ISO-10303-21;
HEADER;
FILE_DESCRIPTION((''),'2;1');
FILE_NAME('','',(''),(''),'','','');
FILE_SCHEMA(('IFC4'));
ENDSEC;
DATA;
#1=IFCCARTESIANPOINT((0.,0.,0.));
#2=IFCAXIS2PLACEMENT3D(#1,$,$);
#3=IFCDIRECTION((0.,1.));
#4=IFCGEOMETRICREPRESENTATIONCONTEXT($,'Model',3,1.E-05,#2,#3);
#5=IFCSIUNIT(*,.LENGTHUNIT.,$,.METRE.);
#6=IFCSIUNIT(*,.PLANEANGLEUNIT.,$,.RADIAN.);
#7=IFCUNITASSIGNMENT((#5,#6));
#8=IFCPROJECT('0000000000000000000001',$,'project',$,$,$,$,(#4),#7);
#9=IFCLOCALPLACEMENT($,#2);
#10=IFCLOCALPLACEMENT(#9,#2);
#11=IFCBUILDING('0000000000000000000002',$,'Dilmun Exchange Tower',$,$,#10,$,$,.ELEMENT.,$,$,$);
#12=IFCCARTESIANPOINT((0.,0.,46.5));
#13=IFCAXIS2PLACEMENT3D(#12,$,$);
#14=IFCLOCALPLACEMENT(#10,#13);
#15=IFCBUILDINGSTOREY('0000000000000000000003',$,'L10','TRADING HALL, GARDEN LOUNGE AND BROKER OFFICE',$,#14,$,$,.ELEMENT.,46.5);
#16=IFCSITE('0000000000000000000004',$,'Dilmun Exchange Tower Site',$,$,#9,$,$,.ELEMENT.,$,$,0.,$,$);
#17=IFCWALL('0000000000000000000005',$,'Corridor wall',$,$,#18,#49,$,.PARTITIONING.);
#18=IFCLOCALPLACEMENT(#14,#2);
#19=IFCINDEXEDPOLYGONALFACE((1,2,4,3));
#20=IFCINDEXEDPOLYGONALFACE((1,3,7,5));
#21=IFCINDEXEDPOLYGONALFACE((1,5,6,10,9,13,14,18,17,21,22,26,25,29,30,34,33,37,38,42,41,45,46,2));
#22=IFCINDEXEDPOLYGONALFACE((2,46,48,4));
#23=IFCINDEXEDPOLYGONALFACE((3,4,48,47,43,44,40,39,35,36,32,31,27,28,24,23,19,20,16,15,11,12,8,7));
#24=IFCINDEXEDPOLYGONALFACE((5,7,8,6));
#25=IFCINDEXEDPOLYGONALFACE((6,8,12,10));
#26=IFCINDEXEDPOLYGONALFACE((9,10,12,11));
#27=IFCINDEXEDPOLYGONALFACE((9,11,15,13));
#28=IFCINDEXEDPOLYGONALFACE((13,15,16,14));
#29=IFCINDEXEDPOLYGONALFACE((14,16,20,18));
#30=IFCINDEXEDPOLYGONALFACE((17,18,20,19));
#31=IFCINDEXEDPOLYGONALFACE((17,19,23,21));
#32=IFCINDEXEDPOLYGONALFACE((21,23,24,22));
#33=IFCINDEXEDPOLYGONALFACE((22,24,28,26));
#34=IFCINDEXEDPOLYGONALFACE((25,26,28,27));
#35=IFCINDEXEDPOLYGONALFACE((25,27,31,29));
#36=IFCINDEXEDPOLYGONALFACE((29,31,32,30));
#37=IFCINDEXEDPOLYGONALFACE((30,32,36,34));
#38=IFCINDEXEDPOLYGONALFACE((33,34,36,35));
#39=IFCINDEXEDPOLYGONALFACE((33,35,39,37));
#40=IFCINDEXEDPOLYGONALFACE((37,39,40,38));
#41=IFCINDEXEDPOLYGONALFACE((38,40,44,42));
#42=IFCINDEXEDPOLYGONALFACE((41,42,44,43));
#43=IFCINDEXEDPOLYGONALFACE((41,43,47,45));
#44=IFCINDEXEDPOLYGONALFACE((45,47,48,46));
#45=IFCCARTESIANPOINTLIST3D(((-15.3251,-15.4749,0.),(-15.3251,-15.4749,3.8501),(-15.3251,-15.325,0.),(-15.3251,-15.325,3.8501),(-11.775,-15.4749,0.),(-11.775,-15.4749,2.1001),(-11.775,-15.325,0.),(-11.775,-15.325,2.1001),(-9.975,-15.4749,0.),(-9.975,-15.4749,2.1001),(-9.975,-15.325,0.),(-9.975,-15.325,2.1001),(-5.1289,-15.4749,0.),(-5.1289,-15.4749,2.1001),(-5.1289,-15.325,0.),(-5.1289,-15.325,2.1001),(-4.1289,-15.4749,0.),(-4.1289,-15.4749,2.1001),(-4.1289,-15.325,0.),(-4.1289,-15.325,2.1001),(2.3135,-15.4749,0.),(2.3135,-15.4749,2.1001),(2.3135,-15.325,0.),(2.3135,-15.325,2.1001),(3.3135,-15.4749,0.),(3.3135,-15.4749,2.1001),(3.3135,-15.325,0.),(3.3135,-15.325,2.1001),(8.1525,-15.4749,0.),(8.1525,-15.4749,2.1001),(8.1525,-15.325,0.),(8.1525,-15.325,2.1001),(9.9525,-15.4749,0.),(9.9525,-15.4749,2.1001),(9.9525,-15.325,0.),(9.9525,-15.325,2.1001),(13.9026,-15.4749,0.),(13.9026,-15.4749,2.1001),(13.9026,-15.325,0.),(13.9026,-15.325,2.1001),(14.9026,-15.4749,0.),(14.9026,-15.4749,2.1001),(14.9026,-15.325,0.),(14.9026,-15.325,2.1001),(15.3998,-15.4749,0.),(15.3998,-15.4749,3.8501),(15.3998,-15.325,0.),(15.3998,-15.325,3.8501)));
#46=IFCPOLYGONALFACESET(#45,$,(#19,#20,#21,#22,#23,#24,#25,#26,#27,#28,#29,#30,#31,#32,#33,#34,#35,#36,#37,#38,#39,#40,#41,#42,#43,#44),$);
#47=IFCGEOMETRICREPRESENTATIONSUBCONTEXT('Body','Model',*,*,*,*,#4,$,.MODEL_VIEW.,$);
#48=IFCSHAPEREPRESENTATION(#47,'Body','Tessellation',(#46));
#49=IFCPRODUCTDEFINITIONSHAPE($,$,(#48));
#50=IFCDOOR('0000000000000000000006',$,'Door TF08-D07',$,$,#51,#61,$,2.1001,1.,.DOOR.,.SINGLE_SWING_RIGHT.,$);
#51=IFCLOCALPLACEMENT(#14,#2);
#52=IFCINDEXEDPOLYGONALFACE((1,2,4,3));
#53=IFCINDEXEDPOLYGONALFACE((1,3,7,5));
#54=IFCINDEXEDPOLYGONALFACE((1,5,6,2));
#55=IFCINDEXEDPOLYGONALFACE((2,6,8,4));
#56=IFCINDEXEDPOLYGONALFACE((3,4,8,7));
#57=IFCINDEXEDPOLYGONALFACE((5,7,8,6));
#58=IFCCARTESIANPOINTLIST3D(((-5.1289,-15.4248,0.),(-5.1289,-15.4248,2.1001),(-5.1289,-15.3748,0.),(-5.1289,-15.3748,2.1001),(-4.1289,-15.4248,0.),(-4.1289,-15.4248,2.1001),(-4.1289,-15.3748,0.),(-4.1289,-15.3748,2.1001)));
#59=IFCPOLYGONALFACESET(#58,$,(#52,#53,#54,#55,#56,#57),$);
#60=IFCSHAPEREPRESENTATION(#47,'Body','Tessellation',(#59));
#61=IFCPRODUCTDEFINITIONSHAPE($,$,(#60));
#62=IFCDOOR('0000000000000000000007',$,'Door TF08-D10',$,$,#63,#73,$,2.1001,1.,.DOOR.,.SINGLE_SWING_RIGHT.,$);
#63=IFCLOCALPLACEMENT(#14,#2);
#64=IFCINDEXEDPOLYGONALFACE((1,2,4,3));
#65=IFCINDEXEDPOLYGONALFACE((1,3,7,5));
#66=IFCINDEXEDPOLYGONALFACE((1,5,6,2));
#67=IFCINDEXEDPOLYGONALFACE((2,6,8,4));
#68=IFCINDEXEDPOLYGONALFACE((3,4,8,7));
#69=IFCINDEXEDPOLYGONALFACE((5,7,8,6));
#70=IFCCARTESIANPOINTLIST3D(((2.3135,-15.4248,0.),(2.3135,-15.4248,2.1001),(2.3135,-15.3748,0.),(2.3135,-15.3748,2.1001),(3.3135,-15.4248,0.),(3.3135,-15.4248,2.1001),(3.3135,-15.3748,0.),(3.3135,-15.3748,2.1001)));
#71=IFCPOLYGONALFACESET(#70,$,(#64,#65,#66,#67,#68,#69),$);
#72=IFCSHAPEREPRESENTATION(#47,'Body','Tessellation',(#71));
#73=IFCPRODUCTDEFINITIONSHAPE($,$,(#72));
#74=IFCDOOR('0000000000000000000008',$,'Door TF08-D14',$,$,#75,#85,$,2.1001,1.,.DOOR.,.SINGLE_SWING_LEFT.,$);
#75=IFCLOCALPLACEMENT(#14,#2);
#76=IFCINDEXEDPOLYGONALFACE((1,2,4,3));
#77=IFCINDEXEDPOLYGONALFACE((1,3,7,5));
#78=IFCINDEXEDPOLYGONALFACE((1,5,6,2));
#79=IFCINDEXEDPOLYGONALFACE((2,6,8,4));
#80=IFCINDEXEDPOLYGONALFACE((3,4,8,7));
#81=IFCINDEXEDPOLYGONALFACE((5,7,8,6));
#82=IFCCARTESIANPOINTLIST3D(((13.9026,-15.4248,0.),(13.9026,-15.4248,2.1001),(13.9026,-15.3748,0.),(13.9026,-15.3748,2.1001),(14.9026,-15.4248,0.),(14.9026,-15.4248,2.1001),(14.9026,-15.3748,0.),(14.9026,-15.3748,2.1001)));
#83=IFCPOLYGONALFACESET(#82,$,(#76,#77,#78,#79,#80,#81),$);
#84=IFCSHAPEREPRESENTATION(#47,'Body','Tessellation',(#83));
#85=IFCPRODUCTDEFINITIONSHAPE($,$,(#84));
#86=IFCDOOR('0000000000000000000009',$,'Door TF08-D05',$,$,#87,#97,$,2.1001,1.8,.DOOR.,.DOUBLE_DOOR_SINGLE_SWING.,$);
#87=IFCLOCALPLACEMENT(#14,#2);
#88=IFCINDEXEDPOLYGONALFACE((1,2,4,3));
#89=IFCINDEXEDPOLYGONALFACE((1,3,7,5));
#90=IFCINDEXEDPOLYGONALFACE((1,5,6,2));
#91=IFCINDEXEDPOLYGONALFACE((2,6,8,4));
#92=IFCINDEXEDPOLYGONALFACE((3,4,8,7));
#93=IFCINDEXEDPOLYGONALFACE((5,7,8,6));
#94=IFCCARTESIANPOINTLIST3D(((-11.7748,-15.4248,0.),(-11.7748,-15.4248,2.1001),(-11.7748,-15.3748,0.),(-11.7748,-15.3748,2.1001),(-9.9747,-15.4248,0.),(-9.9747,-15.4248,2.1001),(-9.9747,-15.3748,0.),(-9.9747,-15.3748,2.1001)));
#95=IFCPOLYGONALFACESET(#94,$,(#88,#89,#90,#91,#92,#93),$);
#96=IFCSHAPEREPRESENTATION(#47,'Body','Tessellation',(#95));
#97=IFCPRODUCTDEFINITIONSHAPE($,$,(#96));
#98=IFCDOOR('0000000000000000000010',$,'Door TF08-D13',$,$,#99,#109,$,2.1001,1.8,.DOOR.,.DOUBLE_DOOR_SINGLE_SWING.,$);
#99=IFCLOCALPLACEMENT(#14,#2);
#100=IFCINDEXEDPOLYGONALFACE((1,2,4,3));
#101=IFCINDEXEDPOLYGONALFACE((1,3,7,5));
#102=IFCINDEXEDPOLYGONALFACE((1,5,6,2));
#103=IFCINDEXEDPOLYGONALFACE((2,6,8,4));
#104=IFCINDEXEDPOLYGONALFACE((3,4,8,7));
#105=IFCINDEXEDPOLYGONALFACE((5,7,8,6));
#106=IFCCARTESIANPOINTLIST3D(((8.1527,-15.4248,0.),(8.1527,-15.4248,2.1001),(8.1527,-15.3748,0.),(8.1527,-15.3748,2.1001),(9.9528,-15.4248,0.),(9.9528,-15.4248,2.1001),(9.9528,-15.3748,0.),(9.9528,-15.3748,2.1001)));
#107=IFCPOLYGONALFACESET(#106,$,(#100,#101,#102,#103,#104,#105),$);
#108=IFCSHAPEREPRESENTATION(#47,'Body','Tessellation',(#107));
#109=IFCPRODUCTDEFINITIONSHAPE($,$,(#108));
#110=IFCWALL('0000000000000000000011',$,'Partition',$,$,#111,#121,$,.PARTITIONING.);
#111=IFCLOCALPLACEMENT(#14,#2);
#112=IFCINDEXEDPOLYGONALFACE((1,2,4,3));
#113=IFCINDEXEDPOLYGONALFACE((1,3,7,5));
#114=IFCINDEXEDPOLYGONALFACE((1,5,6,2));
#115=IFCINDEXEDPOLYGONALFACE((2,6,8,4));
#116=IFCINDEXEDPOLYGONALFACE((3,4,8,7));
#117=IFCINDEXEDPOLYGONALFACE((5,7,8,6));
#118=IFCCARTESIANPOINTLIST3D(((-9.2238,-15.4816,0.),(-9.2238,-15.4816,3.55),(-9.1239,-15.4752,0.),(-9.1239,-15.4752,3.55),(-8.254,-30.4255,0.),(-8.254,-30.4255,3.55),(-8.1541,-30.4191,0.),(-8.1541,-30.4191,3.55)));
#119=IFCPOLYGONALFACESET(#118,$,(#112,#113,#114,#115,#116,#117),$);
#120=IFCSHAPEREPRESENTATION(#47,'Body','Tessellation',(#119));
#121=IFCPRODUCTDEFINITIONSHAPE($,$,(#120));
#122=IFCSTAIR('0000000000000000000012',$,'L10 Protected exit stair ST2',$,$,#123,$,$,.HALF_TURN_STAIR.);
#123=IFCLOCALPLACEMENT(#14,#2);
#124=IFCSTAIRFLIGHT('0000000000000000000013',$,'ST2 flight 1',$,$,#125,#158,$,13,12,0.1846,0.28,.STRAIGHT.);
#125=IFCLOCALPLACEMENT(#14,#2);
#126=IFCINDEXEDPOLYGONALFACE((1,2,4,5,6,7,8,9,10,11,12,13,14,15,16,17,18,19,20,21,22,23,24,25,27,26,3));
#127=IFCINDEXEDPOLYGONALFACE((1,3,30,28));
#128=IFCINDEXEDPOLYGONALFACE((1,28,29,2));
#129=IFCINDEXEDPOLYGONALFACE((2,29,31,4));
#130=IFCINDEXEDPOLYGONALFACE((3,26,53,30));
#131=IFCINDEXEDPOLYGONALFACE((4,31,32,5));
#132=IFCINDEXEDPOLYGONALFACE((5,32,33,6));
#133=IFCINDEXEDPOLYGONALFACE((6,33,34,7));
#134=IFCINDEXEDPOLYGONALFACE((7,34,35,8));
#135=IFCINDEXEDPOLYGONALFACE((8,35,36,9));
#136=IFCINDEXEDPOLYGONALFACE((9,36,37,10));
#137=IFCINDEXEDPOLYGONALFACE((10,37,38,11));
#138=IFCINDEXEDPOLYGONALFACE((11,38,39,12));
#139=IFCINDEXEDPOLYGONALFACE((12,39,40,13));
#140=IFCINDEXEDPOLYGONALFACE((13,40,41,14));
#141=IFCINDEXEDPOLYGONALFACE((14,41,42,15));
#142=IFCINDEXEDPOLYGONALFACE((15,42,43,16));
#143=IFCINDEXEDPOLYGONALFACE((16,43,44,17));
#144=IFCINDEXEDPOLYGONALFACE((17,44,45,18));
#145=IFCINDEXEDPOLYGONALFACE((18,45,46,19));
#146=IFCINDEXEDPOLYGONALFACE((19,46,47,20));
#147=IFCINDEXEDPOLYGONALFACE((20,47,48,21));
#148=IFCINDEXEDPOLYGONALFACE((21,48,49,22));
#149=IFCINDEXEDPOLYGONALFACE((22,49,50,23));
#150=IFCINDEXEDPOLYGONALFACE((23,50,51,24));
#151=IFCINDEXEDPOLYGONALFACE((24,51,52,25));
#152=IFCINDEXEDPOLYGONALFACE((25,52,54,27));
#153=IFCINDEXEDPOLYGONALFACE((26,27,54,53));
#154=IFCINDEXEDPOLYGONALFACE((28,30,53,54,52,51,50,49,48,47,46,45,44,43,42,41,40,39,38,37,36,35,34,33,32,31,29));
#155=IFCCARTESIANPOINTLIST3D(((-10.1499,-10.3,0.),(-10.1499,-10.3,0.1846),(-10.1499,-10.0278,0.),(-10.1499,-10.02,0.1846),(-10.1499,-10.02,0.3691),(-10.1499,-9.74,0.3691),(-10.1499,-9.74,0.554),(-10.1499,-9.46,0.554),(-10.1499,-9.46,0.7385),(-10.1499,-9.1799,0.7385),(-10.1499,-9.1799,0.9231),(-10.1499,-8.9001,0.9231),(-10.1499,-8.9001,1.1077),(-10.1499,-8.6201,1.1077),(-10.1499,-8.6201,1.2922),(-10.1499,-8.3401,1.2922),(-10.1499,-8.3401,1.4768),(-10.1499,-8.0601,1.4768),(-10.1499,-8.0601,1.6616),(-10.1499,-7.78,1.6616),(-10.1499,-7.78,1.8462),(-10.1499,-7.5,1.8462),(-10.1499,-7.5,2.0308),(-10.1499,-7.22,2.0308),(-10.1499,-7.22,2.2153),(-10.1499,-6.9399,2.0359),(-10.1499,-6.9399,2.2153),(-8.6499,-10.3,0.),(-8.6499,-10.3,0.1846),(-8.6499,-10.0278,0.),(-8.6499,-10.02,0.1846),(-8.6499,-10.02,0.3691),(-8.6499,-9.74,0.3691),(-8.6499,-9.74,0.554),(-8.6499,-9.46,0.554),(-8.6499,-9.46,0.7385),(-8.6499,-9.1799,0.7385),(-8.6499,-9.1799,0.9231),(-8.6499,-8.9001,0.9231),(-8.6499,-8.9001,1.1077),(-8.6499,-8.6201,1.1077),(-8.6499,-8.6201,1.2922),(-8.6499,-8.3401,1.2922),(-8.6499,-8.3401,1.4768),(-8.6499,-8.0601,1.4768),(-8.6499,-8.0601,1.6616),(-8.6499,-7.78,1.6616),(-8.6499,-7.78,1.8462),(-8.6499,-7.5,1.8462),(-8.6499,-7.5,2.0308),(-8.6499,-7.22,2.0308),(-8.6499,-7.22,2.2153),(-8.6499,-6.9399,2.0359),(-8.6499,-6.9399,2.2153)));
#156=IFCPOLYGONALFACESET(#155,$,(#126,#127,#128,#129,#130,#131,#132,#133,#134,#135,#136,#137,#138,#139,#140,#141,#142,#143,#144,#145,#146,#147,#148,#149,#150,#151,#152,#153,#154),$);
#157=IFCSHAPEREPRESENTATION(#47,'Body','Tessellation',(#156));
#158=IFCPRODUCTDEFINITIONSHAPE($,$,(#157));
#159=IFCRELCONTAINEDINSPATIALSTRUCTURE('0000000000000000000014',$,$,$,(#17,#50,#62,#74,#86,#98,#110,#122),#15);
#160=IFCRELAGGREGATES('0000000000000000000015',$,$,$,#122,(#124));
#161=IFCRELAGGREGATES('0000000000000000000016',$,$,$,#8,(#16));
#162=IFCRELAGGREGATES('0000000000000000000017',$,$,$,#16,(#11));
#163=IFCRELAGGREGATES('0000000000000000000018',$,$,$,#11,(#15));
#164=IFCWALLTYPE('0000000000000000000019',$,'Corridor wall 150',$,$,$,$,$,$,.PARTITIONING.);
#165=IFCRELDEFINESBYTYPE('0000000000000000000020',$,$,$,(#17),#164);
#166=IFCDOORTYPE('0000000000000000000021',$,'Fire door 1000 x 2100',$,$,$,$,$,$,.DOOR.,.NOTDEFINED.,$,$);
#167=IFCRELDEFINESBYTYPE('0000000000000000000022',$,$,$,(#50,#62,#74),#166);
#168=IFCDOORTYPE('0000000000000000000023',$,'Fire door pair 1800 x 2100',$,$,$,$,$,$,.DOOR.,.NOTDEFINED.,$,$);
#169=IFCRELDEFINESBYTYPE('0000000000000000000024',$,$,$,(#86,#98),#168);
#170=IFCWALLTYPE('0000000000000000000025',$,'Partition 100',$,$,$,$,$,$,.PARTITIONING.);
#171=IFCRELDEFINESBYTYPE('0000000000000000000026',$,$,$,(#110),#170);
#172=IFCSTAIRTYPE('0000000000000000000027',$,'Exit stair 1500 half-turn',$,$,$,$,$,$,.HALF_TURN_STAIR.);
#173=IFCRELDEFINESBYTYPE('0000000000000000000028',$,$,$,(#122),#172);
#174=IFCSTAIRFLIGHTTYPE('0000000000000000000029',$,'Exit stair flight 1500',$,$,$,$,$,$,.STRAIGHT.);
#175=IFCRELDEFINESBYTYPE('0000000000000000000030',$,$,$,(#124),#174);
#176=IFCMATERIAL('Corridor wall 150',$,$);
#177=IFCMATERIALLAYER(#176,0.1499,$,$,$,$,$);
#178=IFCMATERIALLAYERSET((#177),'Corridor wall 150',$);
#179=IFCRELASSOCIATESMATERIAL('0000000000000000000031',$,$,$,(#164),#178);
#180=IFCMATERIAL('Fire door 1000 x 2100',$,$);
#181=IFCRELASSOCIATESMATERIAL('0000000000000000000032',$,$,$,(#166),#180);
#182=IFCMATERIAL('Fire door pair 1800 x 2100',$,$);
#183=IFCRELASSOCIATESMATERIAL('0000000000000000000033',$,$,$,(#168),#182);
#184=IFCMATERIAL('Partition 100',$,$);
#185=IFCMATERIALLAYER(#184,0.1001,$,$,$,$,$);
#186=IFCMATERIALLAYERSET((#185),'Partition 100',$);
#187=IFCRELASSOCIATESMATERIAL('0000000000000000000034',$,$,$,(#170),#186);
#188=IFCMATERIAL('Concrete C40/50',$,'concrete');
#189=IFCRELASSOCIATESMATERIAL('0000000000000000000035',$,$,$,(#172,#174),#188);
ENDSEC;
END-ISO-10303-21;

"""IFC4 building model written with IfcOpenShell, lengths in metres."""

from ifc_helpers import new_model, si_unit, direction, frame, frame_2d, origin, place, context, subcontext, project, spatial, polyline, rectangle, outline, extrude, material, layer, layer_set, type_object, element, fill, aggregate, save


model = new_model("IFC4")

# Units and contexts
model_context = context("Model", 3, precision=1e-05, world=origin(), true_north=direction((0.0, 1.0)))
body_context = subcontext(model_context, "Body", "Model", "MODEL_VIEW")
ifc_project = project(units=[si_unit("LENGTHUNIT", "METRE"), si_unit("PLANEANGLEUNIT", "RADIAN")], contexts=[model_context])

# Site, building, storey
site_placement = place(None, origin())
site = spatial("IfcSite", under=ifc_project, at=site_placement, Name="Dilmun Exchange Tower Site", CompositionType="ELEMENT", RefElevation=0.0)
building_placement = place(site_placement, origin())
building = spatial("IfcBuilding", under=site, at=building_placement, Name="Dilmun Exchange Tower", CompositionType="ELEMENT")
storey_placement = place(building_placement, frame((0.0, 0.0, 46.5)))
storey = spatial("IfcBuildingStorey", under=building, at=storey_placement, Name="L10", Description="TRADING HALL, GARDEN LOUNGE AND BROKER OFFICE", CompositionType="ELEMENT", Elevation=46.5)

# Shared definitions
ifc_material_1 = material(Name="Concrete C40/50", Category="concrete")

# Wall, openings, doors
ifc_material_2 = material(Name="Corridor wall 150")
ifc_layer_1 = layer(ifc_material_2, 0.1499)
ifc_layer_set_1 = layer_set([ifc_layer_1], Name="Corridor wall 150")
wall_type_1 = type_object("IfcWallType", Name="Corridor wall 150", PredefinedType="PARTITIONING", material=ifc_layer_set_1)
ifc_material_3 = material(Name="Fire door 1000 x 2100")
door_type_1 = type_object("IfcDoorType", Name="Fire door 1000 x 2100", OperationType="NOTDEFINED", PredefinedType="DOOR", material=ifc_material_3)
wall_1_placement = place(storey_placement, frame((-15.325, -15.3999, 0.0), z_axis=(0.0, 0.0, 1.0), x_axis=(1.0, 0.0, 0.0)))
wall_1 = element("IfcWall", 1, at=wall_1_placement, inside=storey, type_object=wall_type_1, Name="Corridor wall", PredefinedType="PARTITIONING", context=body_context, shape_type="SweptSolid", body=[
    extrude(rectangle(XDim=30.7249, YDim=0.1499, at=frame_2d((15.3623, 0.0))), origin(), (0.0, 0.0, 1.0), 3.8501),
])
opening_1_placement = place(wall_1_placement, frame((3.55, 0.0, 0.0)))
opening_1 = element("IfcOpeningElement", 2, at=opening_1_placement, cuts=wall_1, PredefinedType="OPENING", context=body_context, shape_type="SweptSolid", body=[
    extrude(rectangle(XDim=1.8, YDim=2.1001, at=frame_2d((0.8999, 1.05))), frame((0.0, 0.085, 0.0), z_axis=(0.0, -1.0, 0.0), x_axis=(1.0, 0.0, 0.0)), (0.0, 0.0, 1.0), 0.1699),
])
opening_2_placement = place(wall_1_placement, frame((10.196, 0.0, 0.0)))
opening_2 = element("IfcOpeningElement", 3, at=opening_2_placement, cuts=wall_1, PredefinedType="OPENING", context=body_context, shape_type="SweptSolid", body=[
    extrude(rectangle(XDim=1.0, YDim=2.1001, at=frame_2d((0.5, 1.05))), frame((0.0, 0.085, 0.0), z_axis=(0.0, -1.0, 0.0), x_axis=(1.0, 0.0, 0.0)), (0.0, 0.0, 1.0), 0.1699),
])
opening_3_placement = place(wall_1_placement, frame((17.6384, 0.0, 0.0)))
opening_3 = element("IfcOpeningElement", 4, at=opening_3_placement, cuts=wall_1, PredefinedType="OPENING", context=body_context, shape_type="SweptSolid", body=[
    extrude(rectangle(XDim=1.0, YDim=2.1001, at=frame_2d((0.5, 1.05))), frame((0.0, 0.085, 0.0), z_axis=(0.0, -1.0, 0.0), x_axis=(1.0, 0.0, 0.0)), (0.0, 0.0, 1.0), 0.1699),
])
opening_4_placement = place(wall_1_placement, frame((23.4775, 0.0, 0.0)))
opening_4 = element("IfcOpeningElement", 5, at=opening_4_placement, cuts=wall_1, PredefinedType="OPENING", context=body_context, shape_type="SweptSolid", body=[
    extrude(rectangle(XDim=1.8, YDim=2.1001, at=frame_2d((0.8999, 1.05))), frame((0.0, 0.085, 0.0), z_axis=(0.0, -1.0, 0.0), x_axis=(1.0, 0.0, 0.0)), (0.0, 0.0, 1.0), 0.1699),
])
opening_5_placement = place(wall_1_placement, frame((29.2275, 0.0, 0.0)))
opening_5 = element("IfcOpeningElement", 6, at=opening_5_placement, cuts=wall_1, PredefinedType="OPENING", context=body_context, shape_type="SweptSolid", body=[
    extrude(rectangle(XDim=1.0, YDim=2.1001, at=frame_2d((0.5, 1.05))), frame((0.0, 0.085, 0.0), z_axis=(0.0, -1.0, 0.0), x_axis=(1.0, 0.0, 0.0)), (0.0, 0.0, 1.0), 0.1699),
])
door_1_placement = place(opening_2_placement, frame((1.0, 0.0, 0.0), z_axis=(0.0, 0.0, 1.0), x_axis=(-1.0, 0.0, 0.0)))
door_1 = element("IfcDoor", 7, at=door_1_placement, inside=storey, type_object=door_type_1, Name="Door TF08-D07", OperationType="SINGLE_SWING_RIGHT", OverallHeight=2.1001, OverallWidth=1.0, PredefinedType="DOOR", context=body_context, shape_type="SweptSolid", body=[
    extrude(rectangle(XDim=1.0, YDim=2.1001, at=frame_2d((0.5, 1.05))), frame((0.0, 0.0249, 0.0), z_axis=(0.0, -1.0, 0.0), x_axis=(1.0, 0.0, 0.0)), (0.0, 0.0, 1.0), 0.05),
])
fill(opening_2, door_1)
door_2_placement = place(opening_3_placement, frame((1.0, 0.0, 0.0), z_axis=(0.0, 0.0, 1.0), x_axis=(-1.0, 0.0, 0.0)))
door_2 = element("IfcDoor", 8, at=door_2_placement, inside=storey, type_object=door_type_1, Name="Door TF08-D10", OperationType="SINGLE_SWING_RIGHT", OverallHeight=2.1001, OverallWidth=1.0, PredefinedType="DOOR", context=body_context, shape_type="SweptSolid", body=[
    extrude(rectangle(XDim=1.0, YDim=2.1001, at=frame_2d((0.5, 1.05))), frame((0.0, 0.0249, 0.0), z_axis=(0.0, -1.0, 0.0), x_axis=(1.0, 0.0, 0.0)), (0.0, 0.0, 1.0), 0.05),
])
fill(opening_3, door_2)
door_3_placement = place(opening_5_placement, frame((1.0, 0.0, 0.0), z_axis=(0.0, 0.0, 1.0), x_axis=(-1.0, 0.0, 0.0)))
door_3 = element("IfcDoor", 9, at=door_3_placement, inside=storey, type_object=door_type_1, Name="Door TF08-D14", OperationType="SINGLE_SWING_LEFT", OverallHeight=2.1001, OverallWidth=1.0, PredefinedType="DOOR", context=body_context, shape_type="SweptSolid", body=[
    extrude(rectangle(XDim=1.0, YDim=2.1001, at=frame_2d((0.5, 1.05))), frame((0.0, 0.0249, 0.0), z_axis=(0.0, -1.0, 0.0), x_axis=(1.0, 0.0, 0.0)), (0.0, 0.0, 1.0), 0.05),
])
fill(opening_5, door_3)
ifc_material_4 = material(Name="Fire door pair 1800 x 2100")
door_type_2 = type_object("IfcDoorType", Name="Fire door pair 1800 x 2100", OperationType="NOTDEFINED", PredefinedType="DOOR", material=ifc_material_4)
door_4_placement = place(opening_1_placement, frame((1.8, 0.0, 0.0), z_axis=(0.0, 0.0, 1.0), x_axis=(-1.0, 0.0, 0.0)))
door_4 = element("IfcDoor", 10, at=door_4_placement, inside=storey, type_object=door_type_2, Name="Door TF08-D05", OperationType="DOUBLE_DOOR_SINGLE_SWING", OverallHeight=2.1001, OverallWidth=1.8, PredefinedType="DOOR", context=body_context, shape_type="SweptSolid", body=[
    extrude(rectangle(XDim=1.8, YDim=2.1001, at=frame_2d((0.8999, 1.05))), frame((0.0, 0.0249, 0.0), z_axis=(0.0, -1.0, 0.0), x_axis=(1.0, 0.0, 0.0)), (0.0, 0.0, 1.0), 0.05),
])
fill(opening_1, door_4)
door_5_placement = place(opening_4_placement, frame((1.8, 0.0, 0.0), z_axis=(0.0, 0.0, 1.0), x_axis=(-1.0, 0.0, 0.0)))
door_5 = element("IfcDoor", 11, at=door_5_placement, inside=storey, type_object=door_type_2, Name="Door TF08-D13", OperationType="DOUBLE_DOOR_SINGLE_SWING", OverallHeight=2.1001, OverallWidth=1.8, PredefinedType="DOOR", context=body_context, shape_type="SweptSolid", body=[
    extrude(rectangle(XDim=1.8, YDim=2.1001, at=frame_2d((0.8999, 1.05))), frame((0.0, 0.0249, 0.0), z_axis=(0.0, -1.0, 0.0), x_axis=(1.0, 0.0, 0.0)), (0.0, 0.0, 1.0), 0.05),
])
fill(opening_4, door_5)

# Wall
ifc_material_5 = material(Name="Partition 100")
ifc_layer_2 = layer(ifc_material_5, 0.1001)
ifc_layer_set_2 = layer_set([ifc_layer_2], Name="Partition 100")
wall_type_2 = type_object("IfcWallType", Name="Partition 100", PredefinedType="PARTITIONING", material=ifc_layer_set_2)
wall_2_placement = place(storey_placement, frame((-9.1738, -15.4783, 0.0), z_axis=(0.0, 0.0, 1.0), x_axis=(0.064755, -0.997901, 0.0)))
element("IfcWall", 12, at=wall_2_placement, inside=storey, type_object=wall_type_2, Name="Partition", PredefinedType="PARTITIONING", context=body_context, shape_type="SweptSolid", body=[
    extrude(rectangle(XDim=14.9753, YDim=0.1001, at=frame_2d((7.4878, 0.0))), origin(), (0.0, 0.0, 1.0), 3.55),
])

# Stair, stair flight
stair_type = type_object("IfcStairType", Name="Exit stair 1500 half-turn", PredefinedType="HALF_TURN_STAIR", material=ifc_material_1)
stair_placement = place(storey_placement, origin())
stair = element("IfcStair", 13, at=stair_placement, inside=storey, type_object=stair_type, Name="L10 Protected exit stair ST2", PredefinedType="HALF_TURN_STAIR")
stair_flight_type = type_object("IfcStairFlightType", Name="Exit stair flight 1500", PredefinedType="STRAIGHT", material=ifc_material_1)
stair_flight_placement = place(storey_placement, frame((-9.3999, -10.3, 0.0), z_axis=(0.0, 0.0, 1.0), x_axis=(0.0, 1.0, 0.0)))
stair_flight = element("IfcStairFlight", 14, at=stair_flight_placement, type_object=stair_flight_type, Name="ST2 flight 1", NumberOfRisers=13, NumberOfTreads=12, PredefinedType="STRAIGHT", RiserHeight=0.1846, TreadLength=0.28, context=body_context, shape_type="SweptSolid", body=[
    extrude(outline(polyline([(0.0, 0.0), (0.0, 0.1846), (0.28, 0.1846), (0.28, 0.3691), (0.5601, 0.3691), (0.5601, 0.554), (0.8401, 0.554), (0.8401, 0.7385), (1.1201, 0.7385), (1.1201, 0.9231), (1.3999, 0.9231), (1.3999, 1.1077), (1.6799, 1.1077), (1.6799, 1.2922), (1.96, 1.2922), (1.96, 1.4768), (2.24, 1.4768), (2.24, 1.6616), (2.52, 1.6616), (2.52, 1.8462), (2.8, 1.8462), (2.8, 2.0308), (3.0801, 2.0308), (3.0801, 2.2153), (3.3601, 2.2153), (3.3601, 2.3999), (3.3601, 2.0359), (0.2722, 0.0), (0.0, 0.0)])), frame((0.0, 0.75, 0.0), z_axis=(0.0, -1.0, 0.0), x_axis=(1.0, 0.0, 0.0)), (0.0, 0.0, 1.0), 1.5),
])
aggregate(stair, [stair_flight])

save(model, "model.ifc")
